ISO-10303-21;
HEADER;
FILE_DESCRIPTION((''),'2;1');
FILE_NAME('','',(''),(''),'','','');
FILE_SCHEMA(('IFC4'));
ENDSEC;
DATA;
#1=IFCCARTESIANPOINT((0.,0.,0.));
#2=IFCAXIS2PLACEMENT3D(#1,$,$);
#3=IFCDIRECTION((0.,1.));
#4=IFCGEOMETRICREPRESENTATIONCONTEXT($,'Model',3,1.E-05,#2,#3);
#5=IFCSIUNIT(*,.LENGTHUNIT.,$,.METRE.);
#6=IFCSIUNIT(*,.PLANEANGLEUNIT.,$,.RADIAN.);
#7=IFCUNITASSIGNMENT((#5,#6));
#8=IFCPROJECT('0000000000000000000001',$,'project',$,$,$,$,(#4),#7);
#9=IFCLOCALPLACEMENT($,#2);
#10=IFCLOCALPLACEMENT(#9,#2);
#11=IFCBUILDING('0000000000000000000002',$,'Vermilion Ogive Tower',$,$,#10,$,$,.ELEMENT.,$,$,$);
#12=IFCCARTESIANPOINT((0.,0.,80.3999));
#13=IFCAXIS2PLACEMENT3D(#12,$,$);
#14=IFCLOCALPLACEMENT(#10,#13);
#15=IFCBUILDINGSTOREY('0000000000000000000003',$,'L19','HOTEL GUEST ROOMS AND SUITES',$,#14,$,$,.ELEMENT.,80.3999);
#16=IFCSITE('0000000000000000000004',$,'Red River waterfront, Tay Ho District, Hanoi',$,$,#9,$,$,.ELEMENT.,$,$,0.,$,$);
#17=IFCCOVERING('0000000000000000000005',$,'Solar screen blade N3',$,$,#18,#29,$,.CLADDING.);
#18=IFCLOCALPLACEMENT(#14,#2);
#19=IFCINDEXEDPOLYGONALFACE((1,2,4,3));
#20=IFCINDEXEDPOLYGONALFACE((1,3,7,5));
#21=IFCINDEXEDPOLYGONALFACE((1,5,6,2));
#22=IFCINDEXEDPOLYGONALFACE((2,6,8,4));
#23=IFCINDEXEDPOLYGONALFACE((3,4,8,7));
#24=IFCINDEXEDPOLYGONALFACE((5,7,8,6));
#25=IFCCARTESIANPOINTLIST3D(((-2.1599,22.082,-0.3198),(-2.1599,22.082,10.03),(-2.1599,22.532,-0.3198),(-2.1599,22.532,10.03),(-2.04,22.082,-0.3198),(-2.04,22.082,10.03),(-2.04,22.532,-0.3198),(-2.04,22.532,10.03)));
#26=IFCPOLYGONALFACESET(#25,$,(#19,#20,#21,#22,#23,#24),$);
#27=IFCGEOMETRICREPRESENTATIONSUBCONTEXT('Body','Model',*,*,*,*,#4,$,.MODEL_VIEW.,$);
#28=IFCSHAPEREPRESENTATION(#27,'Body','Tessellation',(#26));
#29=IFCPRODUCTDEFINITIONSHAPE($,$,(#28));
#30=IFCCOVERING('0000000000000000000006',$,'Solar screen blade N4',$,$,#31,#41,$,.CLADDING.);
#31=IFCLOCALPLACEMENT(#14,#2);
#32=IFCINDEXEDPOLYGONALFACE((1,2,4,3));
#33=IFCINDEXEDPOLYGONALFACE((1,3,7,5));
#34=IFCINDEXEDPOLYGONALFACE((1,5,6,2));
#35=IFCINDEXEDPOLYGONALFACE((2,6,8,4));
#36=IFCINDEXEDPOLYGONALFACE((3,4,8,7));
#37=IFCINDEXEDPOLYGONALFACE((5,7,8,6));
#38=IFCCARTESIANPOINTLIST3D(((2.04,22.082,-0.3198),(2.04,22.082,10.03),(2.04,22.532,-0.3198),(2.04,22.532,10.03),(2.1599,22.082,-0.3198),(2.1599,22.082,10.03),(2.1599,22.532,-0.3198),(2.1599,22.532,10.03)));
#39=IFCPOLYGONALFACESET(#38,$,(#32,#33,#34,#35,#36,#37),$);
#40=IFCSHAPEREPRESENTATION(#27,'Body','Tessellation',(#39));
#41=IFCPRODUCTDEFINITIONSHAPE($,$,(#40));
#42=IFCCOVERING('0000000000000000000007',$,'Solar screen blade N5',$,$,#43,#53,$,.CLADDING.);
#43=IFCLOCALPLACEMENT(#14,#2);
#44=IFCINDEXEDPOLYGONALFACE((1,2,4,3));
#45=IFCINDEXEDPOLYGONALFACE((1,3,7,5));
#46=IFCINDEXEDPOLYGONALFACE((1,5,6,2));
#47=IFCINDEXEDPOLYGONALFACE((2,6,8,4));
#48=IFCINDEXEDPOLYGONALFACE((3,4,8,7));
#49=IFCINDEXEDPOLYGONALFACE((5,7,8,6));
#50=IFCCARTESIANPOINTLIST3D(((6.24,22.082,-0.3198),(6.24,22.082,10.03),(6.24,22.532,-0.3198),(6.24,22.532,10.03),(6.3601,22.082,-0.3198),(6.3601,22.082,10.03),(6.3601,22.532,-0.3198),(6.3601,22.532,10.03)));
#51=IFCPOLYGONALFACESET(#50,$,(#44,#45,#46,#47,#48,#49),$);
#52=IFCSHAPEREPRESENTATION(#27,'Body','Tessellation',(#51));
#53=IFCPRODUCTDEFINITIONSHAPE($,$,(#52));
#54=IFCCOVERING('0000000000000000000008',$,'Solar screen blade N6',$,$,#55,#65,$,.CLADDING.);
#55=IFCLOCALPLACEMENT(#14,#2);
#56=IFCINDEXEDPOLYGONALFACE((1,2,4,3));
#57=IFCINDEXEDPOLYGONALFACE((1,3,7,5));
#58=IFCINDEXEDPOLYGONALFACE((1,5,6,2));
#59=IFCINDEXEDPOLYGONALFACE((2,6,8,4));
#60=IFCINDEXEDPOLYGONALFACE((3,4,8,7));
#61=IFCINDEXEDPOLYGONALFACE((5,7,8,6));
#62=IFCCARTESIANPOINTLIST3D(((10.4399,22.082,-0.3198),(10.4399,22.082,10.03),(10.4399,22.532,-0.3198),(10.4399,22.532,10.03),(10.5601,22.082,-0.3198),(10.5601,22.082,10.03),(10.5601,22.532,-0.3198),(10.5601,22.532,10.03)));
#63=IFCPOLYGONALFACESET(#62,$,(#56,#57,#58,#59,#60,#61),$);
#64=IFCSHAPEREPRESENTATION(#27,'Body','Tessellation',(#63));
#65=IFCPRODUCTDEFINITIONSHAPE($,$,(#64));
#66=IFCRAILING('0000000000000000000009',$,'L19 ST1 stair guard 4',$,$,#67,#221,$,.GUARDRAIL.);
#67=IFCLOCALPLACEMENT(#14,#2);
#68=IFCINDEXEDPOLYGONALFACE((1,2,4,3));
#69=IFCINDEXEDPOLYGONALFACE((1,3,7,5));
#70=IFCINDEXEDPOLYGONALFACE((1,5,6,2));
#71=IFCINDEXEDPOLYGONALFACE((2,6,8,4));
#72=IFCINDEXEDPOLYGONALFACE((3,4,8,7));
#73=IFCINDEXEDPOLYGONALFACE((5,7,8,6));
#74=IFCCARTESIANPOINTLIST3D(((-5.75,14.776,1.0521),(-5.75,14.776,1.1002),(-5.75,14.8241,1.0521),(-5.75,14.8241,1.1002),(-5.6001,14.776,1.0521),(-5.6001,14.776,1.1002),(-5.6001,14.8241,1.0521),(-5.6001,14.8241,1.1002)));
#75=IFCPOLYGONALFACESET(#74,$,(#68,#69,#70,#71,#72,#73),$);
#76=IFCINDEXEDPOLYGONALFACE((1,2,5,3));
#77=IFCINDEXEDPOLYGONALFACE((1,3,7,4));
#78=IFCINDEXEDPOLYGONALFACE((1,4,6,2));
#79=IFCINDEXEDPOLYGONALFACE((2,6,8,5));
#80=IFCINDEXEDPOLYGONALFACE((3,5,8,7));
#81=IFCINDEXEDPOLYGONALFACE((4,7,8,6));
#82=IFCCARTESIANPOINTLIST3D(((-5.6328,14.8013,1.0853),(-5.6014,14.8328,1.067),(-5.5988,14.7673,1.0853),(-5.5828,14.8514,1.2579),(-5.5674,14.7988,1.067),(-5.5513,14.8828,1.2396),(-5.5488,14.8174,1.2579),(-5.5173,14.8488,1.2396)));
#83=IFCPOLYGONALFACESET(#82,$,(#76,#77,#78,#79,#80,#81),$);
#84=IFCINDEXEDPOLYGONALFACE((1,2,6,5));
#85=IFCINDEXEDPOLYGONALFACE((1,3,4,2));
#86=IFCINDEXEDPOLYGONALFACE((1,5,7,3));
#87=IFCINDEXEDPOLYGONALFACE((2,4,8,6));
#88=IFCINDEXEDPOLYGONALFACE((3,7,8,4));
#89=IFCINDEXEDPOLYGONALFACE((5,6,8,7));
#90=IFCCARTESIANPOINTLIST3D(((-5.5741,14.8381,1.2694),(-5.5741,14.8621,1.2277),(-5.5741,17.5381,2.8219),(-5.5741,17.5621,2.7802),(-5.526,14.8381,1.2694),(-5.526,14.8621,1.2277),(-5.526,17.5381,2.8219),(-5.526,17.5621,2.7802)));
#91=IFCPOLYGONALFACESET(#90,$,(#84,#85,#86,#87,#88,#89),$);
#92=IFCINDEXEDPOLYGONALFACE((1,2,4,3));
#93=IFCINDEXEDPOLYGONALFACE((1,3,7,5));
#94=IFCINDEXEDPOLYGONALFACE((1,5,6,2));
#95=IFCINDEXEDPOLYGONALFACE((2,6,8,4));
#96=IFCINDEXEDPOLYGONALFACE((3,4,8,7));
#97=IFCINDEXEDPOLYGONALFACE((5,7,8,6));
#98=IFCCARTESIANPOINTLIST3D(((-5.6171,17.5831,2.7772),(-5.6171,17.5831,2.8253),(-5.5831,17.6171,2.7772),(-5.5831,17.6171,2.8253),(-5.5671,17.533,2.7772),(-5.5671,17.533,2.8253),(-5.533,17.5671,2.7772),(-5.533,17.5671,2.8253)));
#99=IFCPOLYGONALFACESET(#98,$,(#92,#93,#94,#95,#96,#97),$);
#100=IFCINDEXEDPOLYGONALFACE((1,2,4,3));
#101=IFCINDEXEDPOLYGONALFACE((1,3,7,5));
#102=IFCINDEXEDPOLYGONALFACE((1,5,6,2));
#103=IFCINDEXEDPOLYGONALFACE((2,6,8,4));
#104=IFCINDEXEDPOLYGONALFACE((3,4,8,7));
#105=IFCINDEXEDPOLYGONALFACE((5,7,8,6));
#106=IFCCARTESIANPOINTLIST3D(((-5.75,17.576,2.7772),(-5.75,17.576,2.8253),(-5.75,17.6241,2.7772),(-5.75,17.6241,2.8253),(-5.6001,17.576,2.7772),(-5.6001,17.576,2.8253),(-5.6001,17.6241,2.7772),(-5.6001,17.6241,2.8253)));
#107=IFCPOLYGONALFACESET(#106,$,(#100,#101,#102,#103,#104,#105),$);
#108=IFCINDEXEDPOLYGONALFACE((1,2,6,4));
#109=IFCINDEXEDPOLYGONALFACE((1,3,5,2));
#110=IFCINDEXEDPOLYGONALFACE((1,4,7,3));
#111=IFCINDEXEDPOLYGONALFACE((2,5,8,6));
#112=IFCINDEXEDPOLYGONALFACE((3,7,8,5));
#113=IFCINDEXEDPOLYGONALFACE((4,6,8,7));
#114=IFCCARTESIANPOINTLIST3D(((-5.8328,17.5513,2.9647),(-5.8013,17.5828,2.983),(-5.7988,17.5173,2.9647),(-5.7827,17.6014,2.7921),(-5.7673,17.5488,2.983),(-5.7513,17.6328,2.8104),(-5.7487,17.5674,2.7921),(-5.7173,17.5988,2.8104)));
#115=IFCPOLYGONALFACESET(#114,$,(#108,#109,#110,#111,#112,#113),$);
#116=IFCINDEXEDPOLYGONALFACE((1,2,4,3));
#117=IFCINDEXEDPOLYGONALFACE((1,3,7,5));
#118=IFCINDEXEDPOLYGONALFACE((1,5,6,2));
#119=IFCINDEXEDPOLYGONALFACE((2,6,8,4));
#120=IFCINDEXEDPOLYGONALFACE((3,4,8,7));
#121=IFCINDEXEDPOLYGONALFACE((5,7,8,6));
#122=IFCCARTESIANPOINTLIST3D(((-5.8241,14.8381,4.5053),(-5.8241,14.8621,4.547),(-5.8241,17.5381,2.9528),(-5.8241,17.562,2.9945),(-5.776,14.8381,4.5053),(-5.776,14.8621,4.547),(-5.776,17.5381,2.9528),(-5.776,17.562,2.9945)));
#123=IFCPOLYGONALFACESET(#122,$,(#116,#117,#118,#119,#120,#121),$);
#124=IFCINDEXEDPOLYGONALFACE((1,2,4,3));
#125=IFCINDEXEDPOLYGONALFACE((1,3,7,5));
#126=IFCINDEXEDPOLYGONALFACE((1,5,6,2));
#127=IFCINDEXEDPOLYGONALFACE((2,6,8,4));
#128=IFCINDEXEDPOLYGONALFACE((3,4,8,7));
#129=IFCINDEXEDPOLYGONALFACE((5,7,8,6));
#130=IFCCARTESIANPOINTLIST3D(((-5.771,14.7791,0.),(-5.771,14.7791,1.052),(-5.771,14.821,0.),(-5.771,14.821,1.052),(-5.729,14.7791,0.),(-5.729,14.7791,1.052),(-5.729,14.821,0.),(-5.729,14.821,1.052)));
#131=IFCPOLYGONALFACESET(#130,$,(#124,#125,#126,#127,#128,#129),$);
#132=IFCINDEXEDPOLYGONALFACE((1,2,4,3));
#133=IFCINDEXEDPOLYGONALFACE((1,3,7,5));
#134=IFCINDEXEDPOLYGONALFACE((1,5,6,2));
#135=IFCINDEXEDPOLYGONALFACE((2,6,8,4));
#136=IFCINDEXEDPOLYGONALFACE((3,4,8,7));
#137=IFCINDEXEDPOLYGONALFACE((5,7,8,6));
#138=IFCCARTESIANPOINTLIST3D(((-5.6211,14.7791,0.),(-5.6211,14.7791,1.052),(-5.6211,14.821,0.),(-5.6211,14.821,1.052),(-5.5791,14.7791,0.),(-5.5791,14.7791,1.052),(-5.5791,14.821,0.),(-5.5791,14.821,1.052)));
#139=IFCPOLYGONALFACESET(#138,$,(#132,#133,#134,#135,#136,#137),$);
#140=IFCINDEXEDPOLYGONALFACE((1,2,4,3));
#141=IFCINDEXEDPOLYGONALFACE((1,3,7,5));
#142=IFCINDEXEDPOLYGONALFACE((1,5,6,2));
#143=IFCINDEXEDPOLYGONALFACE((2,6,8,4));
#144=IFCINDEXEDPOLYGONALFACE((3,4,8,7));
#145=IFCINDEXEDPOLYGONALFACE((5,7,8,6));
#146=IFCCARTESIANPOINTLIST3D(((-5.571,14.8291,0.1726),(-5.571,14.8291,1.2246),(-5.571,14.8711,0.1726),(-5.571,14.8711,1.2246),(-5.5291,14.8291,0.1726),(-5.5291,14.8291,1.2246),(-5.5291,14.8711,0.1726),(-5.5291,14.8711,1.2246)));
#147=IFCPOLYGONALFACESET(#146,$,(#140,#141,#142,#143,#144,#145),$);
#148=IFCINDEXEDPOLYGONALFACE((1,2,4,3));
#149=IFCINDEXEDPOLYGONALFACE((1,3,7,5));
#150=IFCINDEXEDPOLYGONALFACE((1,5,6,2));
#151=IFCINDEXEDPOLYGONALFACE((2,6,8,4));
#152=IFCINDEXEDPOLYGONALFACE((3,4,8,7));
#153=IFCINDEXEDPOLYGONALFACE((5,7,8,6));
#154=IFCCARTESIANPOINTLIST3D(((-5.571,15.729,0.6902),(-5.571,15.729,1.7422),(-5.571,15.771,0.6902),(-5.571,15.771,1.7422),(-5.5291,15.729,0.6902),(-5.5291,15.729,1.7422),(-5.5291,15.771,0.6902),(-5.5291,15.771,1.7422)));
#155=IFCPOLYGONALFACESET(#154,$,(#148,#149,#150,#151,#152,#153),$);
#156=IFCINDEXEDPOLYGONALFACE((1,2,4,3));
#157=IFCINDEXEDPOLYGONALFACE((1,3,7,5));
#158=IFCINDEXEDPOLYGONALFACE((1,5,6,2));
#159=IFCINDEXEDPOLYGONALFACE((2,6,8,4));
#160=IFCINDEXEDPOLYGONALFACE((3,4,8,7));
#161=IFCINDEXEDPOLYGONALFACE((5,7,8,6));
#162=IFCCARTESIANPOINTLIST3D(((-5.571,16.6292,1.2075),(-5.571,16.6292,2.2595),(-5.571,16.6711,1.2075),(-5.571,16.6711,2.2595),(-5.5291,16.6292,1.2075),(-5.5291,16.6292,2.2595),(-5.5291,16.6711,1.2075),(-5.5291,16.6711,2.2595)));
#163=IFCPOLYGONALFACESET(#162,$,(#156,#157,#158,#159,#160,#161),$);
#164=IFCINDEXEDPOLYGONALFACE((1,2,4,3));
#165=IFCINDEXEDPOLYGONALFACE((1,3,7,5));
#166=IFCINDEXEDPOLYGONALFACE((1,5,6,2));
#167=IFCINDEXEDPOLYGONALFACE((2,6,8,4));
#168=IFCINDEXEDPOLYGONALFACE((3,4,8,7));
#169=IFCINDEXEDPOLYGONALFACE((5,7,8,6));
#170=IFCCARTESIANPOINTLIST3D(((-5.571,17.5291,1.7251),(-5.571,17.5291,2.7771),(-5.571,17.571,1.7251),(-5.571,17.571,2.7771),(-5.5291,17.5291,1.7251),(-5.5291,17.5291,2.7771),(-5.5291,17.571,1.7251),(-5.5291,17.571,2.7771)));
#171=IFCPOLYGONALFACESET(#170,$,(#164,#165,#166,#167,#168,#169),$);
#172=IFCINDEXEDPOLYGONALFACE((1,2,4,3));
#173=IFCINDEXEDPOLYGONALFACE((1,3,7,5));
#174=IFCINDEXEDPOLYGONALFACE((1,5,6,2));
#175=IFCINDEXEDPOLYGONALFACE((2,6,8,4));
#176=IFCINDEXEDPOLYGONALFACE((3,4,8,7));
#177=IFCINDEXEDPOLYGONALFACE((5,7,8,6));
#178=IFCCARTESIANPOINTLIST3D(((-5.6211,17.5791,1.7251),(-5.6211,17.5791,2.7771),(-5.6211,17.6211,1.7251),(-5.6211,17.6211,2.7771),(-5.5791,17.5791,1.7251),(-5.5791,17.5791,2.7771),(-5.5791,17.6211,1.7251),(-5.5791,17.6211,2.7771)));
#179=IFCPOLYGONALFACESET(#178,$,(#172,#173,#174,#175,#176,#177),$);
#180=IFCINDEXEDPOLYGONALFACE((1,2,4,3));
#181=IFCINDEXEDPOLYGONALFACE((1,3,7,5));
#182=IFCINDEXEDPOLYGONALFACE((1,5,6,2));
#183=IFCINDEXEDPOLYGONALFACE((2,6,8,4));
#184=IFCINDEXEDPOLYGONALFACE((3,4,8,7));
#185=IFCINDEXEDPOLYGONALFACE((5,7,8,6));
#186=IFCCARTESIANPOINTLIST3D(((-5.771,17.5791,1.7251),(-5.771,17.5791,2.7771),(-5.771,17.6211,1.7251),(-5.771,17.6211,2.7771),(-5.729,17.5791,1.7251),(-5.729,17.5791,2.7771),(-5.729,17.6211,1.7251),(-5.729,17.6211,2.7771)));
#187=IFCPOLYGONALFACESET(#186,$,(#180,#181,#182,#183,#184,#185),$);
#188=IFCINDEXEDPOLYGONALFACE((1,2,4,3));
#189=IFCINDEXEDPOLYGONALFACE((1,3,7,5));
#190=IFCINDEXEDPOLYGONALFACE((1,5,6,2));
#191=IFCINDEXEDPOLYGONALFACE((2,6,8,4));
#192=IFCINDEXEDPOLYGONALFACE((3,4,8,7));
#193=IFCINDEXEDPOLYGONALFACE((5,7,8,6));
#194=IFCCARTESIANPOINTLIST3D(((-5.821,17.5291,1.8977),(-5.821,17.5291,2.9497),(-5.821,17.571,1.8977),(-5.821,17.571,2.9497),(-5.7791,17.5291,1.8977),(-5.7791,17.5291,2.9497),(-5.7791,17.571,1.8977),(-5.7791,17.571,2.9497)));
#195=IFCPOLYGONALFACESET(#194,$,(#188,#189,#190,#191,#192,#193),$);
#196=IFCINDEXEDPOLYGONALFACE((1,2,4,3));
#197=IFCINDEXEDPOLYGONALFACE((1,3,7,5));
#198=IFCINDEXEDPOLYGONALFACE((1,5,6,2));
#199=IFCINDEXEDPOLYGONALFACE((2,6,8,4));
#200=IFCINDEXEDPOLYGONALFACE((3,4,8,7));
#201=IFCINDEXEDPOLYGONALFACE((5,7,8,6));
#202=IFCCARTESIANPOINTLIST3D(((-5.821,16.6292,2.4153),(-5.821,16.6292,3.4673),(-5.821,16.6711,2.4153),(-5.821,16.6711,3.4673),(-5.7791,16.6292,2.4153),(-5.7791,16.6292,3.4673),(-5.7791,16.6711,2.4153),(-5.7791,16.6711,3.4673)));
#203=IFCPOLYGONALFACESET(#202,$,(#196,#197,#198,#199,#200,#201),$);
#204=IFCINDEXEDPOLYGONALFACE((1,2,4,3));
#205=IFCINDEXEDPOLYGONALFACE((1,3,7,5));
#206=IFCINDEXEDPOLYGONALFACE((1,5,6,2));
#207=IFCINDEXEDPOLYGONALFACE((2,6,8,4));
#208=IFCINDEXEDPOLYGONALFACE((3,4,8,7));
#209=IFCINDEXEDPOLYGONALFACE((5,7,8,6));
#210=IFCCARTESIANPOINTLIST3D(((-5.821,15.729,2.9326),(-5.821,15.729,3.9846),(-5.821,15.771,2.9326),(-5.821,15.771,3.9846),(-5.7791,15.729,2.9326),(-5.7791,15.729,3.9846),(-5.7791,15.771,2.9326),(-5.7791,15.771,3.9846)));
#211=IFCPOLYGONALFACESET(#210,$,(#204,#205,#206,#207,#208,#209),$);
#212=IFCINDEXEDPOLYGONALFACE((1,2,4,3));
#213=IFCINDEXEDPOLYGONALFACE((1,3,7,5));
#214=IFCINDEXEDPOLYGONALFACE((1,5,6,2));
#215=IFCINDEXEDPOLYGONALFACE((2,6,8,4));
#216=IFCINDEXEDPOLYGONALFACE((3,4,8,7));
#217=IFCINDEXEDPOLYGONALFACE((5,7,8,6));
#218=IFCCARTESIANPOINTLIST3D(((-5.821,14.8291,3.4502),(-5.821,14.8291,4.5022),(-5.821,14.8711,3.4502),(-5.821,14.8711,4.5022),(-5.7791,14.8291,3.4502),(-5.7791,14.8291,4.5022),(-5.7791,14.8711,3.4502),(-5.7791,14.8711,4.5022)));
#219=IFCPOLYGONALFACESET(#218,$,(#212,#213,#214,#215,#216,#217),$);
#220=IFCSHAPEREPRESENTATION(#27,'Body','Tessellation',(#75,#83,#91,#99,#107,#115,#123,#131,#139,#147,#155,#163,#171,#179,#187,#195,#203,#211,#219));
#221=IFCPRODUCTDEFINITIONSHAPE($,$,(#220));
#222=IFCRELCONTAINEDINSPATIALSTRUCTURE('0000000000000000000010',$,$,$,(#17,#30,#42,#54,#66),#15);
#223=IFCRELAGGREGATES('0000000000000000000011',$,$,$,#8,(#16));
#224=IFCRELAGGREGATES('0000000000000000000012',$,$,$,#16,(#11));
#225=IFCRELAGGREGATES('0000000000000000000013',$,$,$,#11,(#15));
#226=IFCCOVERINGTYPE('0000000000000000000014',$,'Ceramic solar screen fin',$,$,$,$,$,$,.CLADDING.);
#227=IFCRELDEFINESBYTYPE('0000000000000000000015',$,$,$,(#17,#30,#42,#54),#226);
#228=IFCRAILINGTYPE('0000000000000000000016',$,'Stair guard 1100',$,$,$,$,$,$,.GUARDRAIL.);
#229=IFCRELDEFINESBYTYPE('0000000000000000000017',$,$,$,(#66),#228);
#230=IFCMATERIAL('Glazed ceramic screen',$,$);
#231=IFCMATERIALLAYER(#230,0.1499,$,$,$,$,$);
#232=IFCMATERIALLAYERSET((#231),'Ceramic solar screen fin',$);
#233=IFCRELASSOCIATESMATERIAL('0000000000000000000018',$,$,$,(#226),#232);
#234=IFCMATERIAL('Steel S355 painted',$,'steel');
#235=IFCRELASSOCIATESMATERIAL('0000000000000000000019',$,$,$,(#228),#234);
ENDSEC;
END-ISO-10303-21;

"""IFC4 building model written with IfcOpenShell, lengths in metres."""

from ifc_helpers import new_model, si_unit, direction, frame, origin, origin_2d, place, context, subcontext, project, spatial, polyline, rectangle, outline, extrude, material, layer, layer_set, type_object, element, save


model = new_model("IFC4")

# Units and contexts
model_context = context("Model", 3, precision=1e-05, world=origin(), true_north=direction((0.0, 1.0)))
body_context = subcontext(model_context, "Body", "Model", "MODEL_VIEW")
ifc_project = project(units=[si_unit("LENGTHUNIT", "METRE"), si_unit("PLANEANGLEUNIT", "RADIAN")], contexts=[model_context])

# Site, building, storey
site_placement = place(None, origin())
site = spatial("IfcSite", under=ifc_project, at=site_placement, Name="Red River waterfront, Tay Ho District, Hanoi", CompositionType="ELEMENT", RefElevation=0.0)
building_placement = place(site_placement, origin())
building = spatial("IfcBuilding", under=site, at=building_placement, Name="Vermilion Ogive Tower", CompositionType="ELEMENT")
storey_placement = place(building_placement, frame((0.0, 0.0, 80.3999)))
storey = spatial("IfcBuildingStorey", under=building, at=storey_placement, Name="L19", Description="HOTEL GUEST ROOMS AND SUITES", CompositionType="ELEMENT", Elevation=80.3999)

# Coverings
ifc_material_1 = material(Name="Glazed ceramic screen")
ifc_layer_1 = layer(ifc_material_1, 0.1499)
ifc_layer_set_1 = layer_set([ifc_layer_1], Name="Ceramic solar screen fin")
covering_type_1 = type_object("IfcCoveringType", Name="Ceramic solar screen fin", PredefinedType="CLADDING", material=ifc_layer_set_1)
covering_1_placement = place(storey_placement, frame((0.0, 0.0, -0.3198)))
element("IfcCovering", 1, at=covering_1_placement, inside=storey, type_object=covering_type_1, Name="Solar screen blade N3", PredefinedType="CLADDING", context=body_context, shape_type="SweptSolid", body=[
    extrude(outline(polyline([(-2.1599, 22.082), (-2.04, 22.082), (-2.04, 22.532), (-2.1599, 22.532), (-2.1599, 22.082)])), origin(), (0.0, 0.0, 1.0), 10.3499),
])
covering_2_placement = place(storey_placement, frame((0.0, 0.0, -0.3198)))
element("IfcCovering", 2, at=covering_2_placement, inside=storey, type_object=covering_type_1, Name="Solar screen blade N4", PredefinedType="CLADDING", context=body_context, shape_type="SweptSolid", body=[
    extrude(outline(polyline([(2.04, 22.082), (2.1599, 22.082), (2.1599, 22.532), (2.04, 22.532), (2.04, 22.082)])), origin(), (0.0, 0.0, 1.0), 10.3499),
])
covering_3_placement = place(storey_placement, frame((0.0, 0.0, -0.3198)))
element("IfcCovering", 3, at=covering_3_placement, inside=storey, type_object=covering_type_1, Name="Solar screen blade N5", PredefinedType="CLADDING", context=body_context, shape_type="SweptSolid", body=[
    extrude(outline(polyline([(6.24, 22.082), (6.3601, 22.082), (6.3601, 22.532), (6.24, 22.532), (6.24, 22.082)])), origin(), (0.0, 0.0, 1.0), 10.3499),
])
covering_4_placement = place(storey_placement, frame((0.0, 0.0, -0.3198)))
element("IfcCovering", 4, at=covering_4_placement, inside=storey, type_object=covering_type_1, Name="Solar screen blade N6", PredefinedType="CLADDING", context=body_context, shape_type="SweptSolid", body=[
    extrude(outline(polyline([(10.4399, 22.082), (10.5601, 22.082), (10.5601, 22.532), (10.4399, 22.532), (10.4399, 22.082)])), origin(), (0.0, 0.0, 1.0), 10.3499),
])

# Railing
ifc_material_2 = material(Name="Steel S355 painted", Category="steel")
railing_type_1 = type_object("IfcRailingType", Name="Stair guard 1100", PredefinedType="GUARDRAIL", material=ifc_material_2)
railing_1_placement = place(storey_placement, frame((-5.75, 14.8, 0.0)))
element("IfcRailing", 5, at=railing_1_placement, inside=storey, type_object=railing_type_1, Name="L19 ST1 stair guard 4", PredefinedType="GUARDRAIL", context=body_context, shape_type="SweptSolid", body=[
    extrude(rectangle(XDim=0.0481, YDim=0.0481, at=origin_2d()), frame((0.0, 0.0, 1.0762), z_axis=(1.0, 0.0, 0.0), x_axis=(0.0, 1.0, 0.0)), (0.0, 0.0, 1.0), 0.1499),
    extrude(rectangle(XDim=0.0481, YDim=0.0481, at=origin_2d()), frame((0.1499, 0.0, 1.0762), z_axis=(0.268278, 0.268278, 0.925232), x_axis=(-0.707107, 0.707107, 0.0)), (0.0, 0.0, 1.0), 0.1865),
    extrude(rectangle(XDim=0.0481, YDim=0.0481, at=origin_2d()), frame((0.2, 0.05, 1.2485), z_axis=(0.0, 0.866904, 0.498476), x_axis=(-1.0, 0.0, 0.0)), (0.0, 0.0, 1.0), 3.1145),
    extrude(rectangle(XDim=0.0481, YDim=0.0481, at=origin_2d()), frame((0.2, 2.75, 2.8013), z_axis=(-0.707107, 0.707107, 0.0), x_axis=(-0.707107, -0.707107, 0.0)), (0.0, 0.0, 1.0), 0.0708),
    extrude(rectangle(XDim=0.0481, YDim=0.0481, at=origin_2d()), frame((0.1499, 2.8, 2.8013), z_axis=(-1.0, 0.0, 0.0), x_axis=(0.0, -1.0, 0.0)), (0.0, 0.0, 1.0), 0.1499),
    extrude(rectangle(XDim=0.0481, YDim=0.0481, at=origin_2d()), frame((0.0, 2.8, 2.8013), z_axis=(-0.268278, -0.268278, 0.925232), x_axis=(0.707107, -0.707107, 0.0)), (0.0, 0.0, 1.0), 0.1865),
    extrude(rectangle(XDim=0.0481, YDim=0.0481, at=origin_2d()), frame((-0.05, 2.75, 2.9736), z_axis=(0.0, -0.866904, 0.498476), x_axis=(1.0, 0.0, 0.0)), (0.0, 0.0, 1.0), 3.1145),
    extrude(rectangle(XDim=0.042, YDim=0.042, at=origin_2d()), origin(), (0.0, 0.0, 1.0), 1.052),
    extrude(rectangle(XDim=0.042, YDim=0.042, at=origin_2d()), frame((0.1499, 0.0, 0.0)), (0.0, 0.0, 1.0), 1.052),
    extrude(rectangle(XDim=0.042, YDim=0.042, at=origin_2d()), frame((0.2, 0.05, 0.1726)), (0.0, 0.0, 1.0), 1.052),
    extrude(rectangle(XDim=0.042, YDim=0.042, at=origin_2d()), frame((0.2, 0.95, 0.6902)), (0.0, 0.0, 1.0), 1.052),
    extrude(rectangle(XDim=0.042, YDim=0.042, at=origin_2d()), frame((0.2, 1.8501, 1.2075)), (0.0, 0.0, 1.0), 1.052),
    extrude(rectangle(XDim=0.042, YDim=0.042, at=origin_2d()), frame((0.2, 2.75, 1.7251)), (0.0, 0.0, 1.0), 1.052),
    extrude(rectangle(XDim=0.042, YDim=0.042, at=origin_2d()), frame((0.1499, 2.8, 1.7251)), (0.0, 0.0, 1.0), 1.052),
    extrude(rectangle(XDim=0.042, YDim=0.042, at=origin_2d()), frame((0.0, 2.8, 1.7251)), (0.0, 0.0, 1.0), 1.052),
    extrude(rectangle(XDim=0.042, YDim=0.042, at=origin_2d()), frame((-0.05, 2.75, 1.8977)), (0.0, 0.0, 1.0), 1.052),
    extrude(rectangle(XDim=0.042, YDim=0.042, at=origin_2d()), frame((-0.05, 1.8501, 2.4153)), (0.0, 0.0, 1.0), 1.052),
    extrude(rectangle(XDim=0.042, YDim=0.042, at=origin_2d()), frame((-0.05, 0.95, 2.9326)), (0.0, 0.0, 1.0), 1.052),
    extrude(rectangle(XDim=0.042, YDim=0.042, at=origin_2d()), frame((-0.05, 0.05, 3.4502)), (0.0, 0.0, 1.0), 1.052),
])

save(model, "model.ifc")
